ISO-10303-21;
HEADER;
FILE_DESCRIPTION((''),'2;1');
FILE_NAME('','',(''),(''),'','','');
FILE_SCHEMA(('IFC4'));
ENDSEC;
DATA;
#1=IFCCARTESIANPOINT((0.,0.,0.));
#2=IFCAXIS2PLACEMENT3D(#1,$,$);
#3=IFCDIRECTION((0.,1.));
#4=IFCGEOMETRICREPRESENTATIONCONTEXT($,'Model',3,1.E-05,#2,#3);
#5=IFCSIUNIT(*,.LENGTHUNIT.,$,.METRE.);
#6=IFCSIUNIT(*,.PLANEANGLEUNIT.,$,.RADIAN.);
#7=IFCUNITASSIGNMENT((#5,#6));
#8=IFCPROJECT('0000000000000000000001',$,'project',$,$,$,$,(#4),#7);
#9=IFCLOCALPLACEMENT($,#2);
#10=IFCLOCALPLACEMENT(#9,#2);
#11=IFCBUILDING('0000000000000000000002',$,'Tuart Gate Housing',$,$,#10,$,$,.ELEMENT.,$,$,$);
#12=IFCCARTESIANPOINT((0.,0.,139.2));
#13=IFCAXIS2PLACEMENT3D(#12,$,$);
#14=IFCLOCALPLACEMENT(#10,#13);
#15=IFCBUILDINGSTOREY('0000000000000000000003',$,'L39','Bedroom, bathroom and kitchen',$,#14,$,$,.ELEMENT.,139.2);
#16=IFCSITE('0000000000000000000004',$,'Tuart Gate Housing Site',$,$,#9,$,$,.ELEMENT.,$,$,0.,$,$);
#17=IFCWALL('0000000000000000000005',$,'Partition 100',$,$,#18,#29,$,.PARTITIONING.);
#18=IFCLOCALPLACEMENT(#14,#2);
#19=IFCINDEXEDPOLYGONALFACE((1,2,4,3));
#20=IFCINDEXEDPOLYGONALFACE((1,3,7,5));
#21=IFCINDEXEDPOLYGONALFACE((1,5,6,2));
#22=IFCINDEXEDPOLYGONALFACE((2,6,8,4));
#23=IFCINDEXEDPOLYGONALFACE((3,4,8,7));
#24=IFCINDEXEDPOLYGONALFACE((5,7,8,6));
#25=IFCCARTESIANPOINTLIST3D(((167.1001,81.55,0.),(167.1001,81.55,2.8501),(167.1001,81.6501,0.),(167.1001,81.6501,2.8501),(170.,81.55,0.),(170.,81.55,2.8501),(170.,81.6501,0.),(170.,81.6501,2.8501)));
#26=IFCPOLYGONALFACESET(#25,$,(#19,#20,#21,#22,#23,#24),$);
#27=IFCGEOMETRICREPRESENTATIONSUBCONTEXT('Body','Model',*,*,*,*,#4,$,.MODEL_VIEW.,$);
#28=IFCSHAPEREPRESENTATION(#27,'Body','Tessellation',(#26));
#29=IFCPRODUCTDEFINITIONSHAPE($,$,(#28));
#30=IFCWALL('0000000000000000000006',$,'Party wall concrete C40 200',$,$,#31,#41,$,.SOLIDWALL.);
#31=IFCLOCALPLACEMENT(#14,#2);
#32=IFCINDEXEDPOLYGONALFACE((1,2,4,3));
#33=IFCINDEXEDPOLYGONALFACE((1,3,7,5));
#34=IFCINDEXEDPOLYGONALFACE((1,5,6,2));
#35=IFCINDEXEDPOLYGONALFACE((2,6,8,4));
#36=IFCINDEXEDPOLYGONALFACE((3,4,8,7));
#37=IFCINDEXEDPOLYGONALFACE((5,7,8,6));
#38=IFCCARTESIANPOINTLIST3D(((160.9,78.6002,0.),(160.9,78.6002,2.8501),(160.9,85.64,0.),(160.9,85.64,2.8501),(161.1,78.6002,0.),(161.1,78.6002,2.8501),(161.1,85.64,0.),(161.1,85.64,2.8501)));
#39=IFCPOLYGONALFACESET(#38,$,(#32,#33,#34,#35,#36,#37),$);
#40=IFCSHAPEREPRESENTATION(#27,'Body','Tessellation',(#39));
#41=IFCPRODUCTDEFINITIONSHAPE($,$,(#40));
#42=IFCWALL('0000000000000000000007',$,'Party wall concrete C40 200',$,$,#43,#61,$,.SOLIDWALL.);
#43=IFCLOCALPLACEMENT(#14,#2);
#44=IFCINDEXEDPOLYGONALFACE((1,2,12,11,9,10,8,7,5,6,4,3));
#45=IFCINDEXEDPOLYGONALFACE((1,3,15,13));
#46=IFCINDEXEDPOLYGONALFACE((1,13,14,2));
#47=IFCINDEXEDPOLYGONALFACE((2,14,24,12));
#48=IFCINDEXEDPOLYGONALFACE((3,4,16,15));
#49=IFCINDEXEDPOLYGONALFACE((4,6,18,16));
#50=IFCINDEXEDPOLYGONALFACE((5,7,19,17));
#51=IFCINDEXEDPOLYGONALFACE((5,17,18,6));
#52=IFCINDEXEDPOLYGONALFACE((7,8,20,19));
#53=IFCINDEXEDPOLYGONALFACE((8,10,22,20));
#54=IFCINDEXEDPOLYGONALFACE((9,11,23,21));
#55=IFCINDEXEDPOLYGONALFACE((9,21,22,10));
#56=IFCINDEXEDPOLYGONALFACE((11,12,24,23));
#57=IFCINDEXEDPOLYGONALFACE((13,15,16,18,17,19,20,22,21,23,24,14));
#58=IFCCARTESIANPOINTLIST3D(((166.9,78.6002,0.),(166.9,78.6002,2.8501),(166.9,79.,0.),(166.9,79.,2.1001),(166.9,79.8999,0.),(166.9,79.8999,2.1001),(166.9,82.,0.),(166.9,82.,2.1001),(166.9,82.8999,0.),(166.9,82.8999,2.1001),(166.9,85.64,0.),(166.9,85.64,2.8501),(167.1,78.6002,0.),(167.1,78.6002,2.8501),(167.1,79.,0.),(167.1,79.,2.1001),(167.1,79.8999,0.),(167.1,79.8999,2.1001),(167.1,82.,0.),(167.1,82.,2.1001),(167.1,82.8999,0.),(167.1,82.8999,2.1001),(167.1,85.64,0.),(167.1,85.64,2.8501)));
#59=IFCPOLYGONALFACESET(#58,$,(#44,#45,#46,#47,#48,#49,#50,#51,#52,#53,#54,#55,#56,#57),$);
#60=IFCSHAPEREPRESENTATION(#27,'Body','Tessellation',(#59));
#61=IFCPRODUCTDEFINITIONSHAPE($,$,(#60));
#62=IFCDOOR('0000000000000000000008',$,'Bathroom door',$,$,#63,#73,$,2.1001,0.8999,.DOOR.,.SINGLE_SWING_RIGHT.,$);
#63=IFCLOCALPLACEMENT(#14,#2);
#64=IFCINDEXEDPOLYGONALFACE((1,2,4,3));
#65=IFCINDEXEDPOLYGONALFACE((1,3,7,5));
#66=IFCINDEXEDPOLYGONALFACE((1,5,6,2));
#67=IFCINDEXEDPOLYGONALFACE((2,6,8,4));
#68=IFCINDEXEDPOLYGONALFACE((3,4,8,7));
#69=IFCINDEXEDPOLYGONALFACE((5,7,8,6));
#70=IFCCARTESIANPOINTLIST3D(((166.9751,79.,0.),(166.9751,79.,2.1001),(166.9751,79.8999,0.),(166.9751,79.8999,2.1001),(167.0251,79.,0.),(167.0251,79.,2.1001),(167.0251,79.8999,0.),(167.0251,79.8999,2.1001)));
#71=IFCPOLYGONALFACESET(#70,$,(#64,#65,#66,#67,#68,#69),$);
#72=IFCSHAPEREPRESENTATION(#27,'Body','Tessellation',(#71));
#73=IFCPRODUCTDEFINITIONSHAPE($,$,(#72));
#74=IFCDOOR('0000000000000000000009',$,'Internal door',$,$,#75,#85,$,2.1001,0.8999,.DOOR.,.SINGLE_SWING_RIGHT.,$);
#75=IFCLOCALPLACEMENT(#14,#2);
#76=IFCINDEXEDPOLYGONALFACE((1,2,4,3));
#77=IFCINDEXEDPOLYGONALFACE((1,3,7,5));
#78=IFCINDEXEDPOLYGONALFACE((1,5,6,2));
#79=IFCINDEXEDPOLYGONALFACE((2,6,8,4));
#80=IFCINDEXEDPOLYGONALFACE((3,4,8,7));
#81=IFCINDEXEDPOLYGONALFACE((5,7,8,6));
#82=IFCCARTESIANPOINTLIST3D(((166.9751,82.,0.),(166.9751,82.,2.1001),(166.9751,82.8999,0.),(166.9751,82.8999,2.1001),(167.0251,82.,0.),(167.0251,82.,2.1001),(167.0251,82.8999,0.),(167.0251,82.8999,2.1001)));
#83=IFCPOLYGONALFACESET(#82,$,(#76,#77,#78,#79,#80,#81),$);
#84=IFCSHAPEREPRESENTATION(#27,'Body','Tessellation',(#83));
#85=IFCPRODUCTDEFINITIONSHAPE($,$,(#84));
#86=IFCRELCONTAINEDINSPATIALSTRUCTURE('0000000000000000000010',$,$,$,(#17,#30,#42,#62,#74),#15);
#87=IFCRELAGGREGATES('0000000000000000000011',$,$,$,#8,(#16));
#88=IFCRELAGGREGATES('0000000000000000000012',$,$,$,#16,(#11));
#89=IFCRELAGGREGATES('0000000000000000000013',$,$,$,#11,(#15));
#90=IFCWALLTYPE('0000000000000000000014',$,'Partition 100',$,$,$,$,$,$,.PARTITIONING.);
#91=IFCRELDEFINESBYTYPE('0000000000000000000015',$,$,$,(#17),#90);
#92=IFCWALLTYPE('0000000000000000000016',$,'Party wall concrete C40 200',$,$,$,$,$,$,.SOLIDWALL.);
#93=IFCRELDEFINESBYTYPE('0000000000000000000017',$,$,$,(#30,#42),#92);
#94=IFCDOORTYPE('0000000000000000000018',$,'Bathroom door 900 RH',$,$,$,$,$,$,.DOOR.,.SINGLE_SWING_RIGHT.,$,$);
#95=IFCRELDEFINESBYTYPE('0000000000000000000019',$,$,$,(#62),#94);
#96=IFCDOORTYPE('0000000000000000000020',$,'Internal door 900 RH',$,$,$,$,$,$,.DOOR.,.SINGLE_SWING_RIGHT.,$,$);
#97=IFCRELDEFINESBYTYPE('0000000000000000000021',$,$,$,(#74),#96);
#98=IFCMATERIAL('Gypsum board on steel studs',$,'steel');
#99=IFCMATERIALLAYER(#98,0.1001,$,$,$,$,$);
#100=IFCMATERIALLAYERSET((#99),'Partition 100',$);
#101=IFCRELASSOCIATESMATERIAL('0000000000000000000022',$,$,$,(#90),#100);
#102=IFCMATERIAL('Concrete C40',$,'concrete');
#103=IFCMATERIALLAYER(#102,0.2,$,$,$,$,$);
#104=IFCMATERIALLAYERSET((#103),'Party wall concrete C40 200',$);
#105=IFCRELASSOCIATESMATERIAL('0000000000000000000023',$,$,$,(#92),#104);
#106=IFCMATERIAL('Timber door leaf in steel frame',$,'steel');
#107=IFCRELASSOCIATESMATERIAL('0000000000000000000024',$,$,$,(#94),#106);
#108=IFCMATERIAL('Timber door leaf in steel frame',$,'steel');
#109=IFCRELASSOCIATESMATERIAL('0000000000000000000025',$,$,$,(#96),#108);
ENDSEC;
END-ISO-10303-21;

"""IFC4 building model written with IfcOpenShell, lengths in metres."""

from ifc_helpers import new_model, si_unit, direction, frame, frame_2d, origin, place, context, subcontext, project, spatial, rectangle, extrude, material, layer, layer_set, type_object, element, fill, save


model = new_model("IFC4")

# Units and contexts
model_context = context("Model", 3, precision=1e-05, world=origin(), true_north=direction((0.0, 1.0)))
body_context = subcontext(model_context, "Body", "Model", "MODEL_VIEW")
ifc_project = project(units=[si_unit("LENGTHUNIT", "METRE"), si_unit("PLANEANGLEUNIT", "RADIAN")], contexts=[model_context])

# Site, building, storey
site_placement = place(None, origin())
site = spatial("IfcSite", under=ifc_project, at=site_placement, Name="Tuart Gate Housing Site", CompositionType="ELEMENT", RefElevation=0.0)
building_placement = place(site_placement, origin())
building = spatial("IfcBuilding", under=site, at=building_placement, Name="Tuart Gate Housing", CompositionType="ELEMENT")
storey_placement = place(building_placement, frame((0.0, 0.0, 139.2)))
storey = spatial("IfcBuildingStorey", under=building, at=storey_placement, Name="L39", Description="Bedroom, bathroom and kitchen", CompositionType="ELEMENT", Elevation=139.2)

# Walls
ifc_material_1 = material(Name="Gypsum board on steel studs", Category="steel")
ifc_layer_1 = layer(ifc_material_1, 0.1001)
ifc_layer_set_1 = layer_set([ifc_layer_1], Name="Partition 100")
wall_type_1 = type_object("IfcWallType", Name="Partition 100", PredefinedType="PARTITIONING", material=ifc_layer_set_1)
wall_1_placement = place(storey_placement, frame((167.1001, 81.6001, 0.0), z_axis=(0.0, 0.0, 1.0), x_axis=(1.0, 0.0, 0.0)))
element("IfcWall", 1, at=wall_1_placement, inside=storey, type_object=wall_type_1, Name="Partition 100", PredefinedType="PARTITIONING", context=body_context, shape_type="SweptSolid", body=[
    extrude(rectangle(XDim=2.8999, YDim=0.1001, at=frame_2d((1.45, 0.0))), origin(), (0.0, 0.0, 1.0), 2.8501),
])
ifc_material_2 = material(Name="Concrete C40", Category="concrete")
ifc_layer_2 = layer(ifc_material_2, 0.2)
ifc_layer_set_2 = layer_set([ifc_layer_2], Name="Party wall concrete C40 200")
wall_type_2 = type_object("IfcWallType", Name="Party wall concrete C40 200", PredefinedType="SOLIDWALL", material=ifc_layer_set_2)
wall_2_placement = place(storey_placement, frame((161.0, 78.6001, 0.0), z_axis=(0.0, 0.0, 1.0), x_axis=(0.0, 1.0, 0.0)))
element("IfcWall", 2, at=wall_2_placement, inside=storey, type_object=wall_type_2, Name="Party wall concrete C40 200", PredefinedType="SOLIDWALL", context=body_context, shape_type="SweptSolid", body=[
    extrude(rectangle(XDim=7.0398, YDim=0.2, at=frame_2d((3.52, 0.0))), origin(), (0.0, 0.0, 1.0), 2.8501),
])

# Wall, openings, doors
wall_3_placement = place(storey_placement, frame((167.0, 78.6001, 0.0), z_axis=(0.0, 0.0, 1.0), x_axis=(0.0, 1.0, 0.0)))
wall_3 = element("IfcWall", 3, at=wall_3_placement, inside=storey, type_object=wall_type_2, Name="Party wall concrete C40 200", PredefinedType="SOLIDWALL", context=body_context, shape_type="SweptSolid", body=[
    extrude(rectangle(XDim=7.0398, YDim=0.2, at=frame_2d((3.52, 0.0))), origin(), (0.0, 0.0, 1.0), 2.8501),
])
opening_1_placement = place(wall_3_placement, frame((3.3999, 0.0, 0.0)))
opening_1 = element("IfcOpeningElement", 4, at=opening_1_placement, cuts=wall_3, PredefinedType="OPENING", context=body_context, shape_type="SweptSolid", body=[
    extrude(rectangle(XDim=0.8999, YDim=2.1001, at=frame_2d((0.45, 1.05))), frame((0.0, 0.1099, 0.0), z_axis=(0.0, -1.0, 0.0), x_axis=(1.0, 0.0, 0.0)), (0.0, 0.0, 1.0), 0.22),
])
opening_2_placement = place(wall_3_placement, frame((0.3999, 0.0, 0.0)))
opening_2 = element("IfcOpeningElement", 5, at=opening_2_placement, cuts=wall_3, PredefinedType="OPENING", context=body_context, shape_type="SweptSolid", body=[
    extrude(rectangle(XDim=0.8999, YDim=2.1001, at=frame_2d((0.45, 1.05))), frame((0.0, 0.1099, 0.0), z_axis=(0.0, -1.0, 0.0), x_axis=(1.0, 0.0, 0.0)), (0.0, 0.0, 1.0), 0.22),
])
ifc_material_3 = material(Name="Timber door leaf in steel frame", Category="steel")
door_type_1 = type_object("IfcDoorType", Name="Bathroom door 900 RH", OperationType="SINGLE_SWING_RIGHT", PredefinedType="DOOR", material=ifc_material_3)
door_1_placement = place(opening_2_placement, frame((0.8999, 0.0, 0.0), z_axis=(0.0, 0.0, 1.0), x_axis=(-1.0, 0.0, 0.0)))
door_1 = element("IfcDoor", 6, at=door_1_placement, inside=storey, type_object=door_type_1, Name="Bathroom door", OperationType="SINGLE_SWING_RIGHT", OverallHeight=2.1001, OverallWidth=0.8999, PredefinedType="DOOR", context=body_context, shape_type="SweptSolid", body=[
    extrude(rectangle(XDim=0.8999, YDim=2.1001, at=frame_2d((0.45, 1.05))), frame((0.0, 0.0251, 0.0), z_axis=(0.0, -1.0, 0.0), x_axis=(1.0, 0.0, 0.0)), (0.0, 0.0, 1.0), 0.05),
])
fill(opening_2, door_1)
ifc_material_4 = material(Name="Timber door leaf in steel frame", Category="steel")
door_type_2 = type_object("IfcDoorType", Name="Internal door 900 RH", OperationType="SINGLE_SWING_RIGHT", PredefinedType="DOOR", material=ifc_material_4)
door_2_placement = place(opening_1_placement, frame((0.8999, 0.0, 0.0), z_axis=(0.0, 0.0, 1.0), x_axis=(-1.0, 0.0, 0.0)))
door_2 = element("IfcDoor", 7, at=door_2_placement, inside=storey, type_object=door_type_2, Name="Internal door", OperationType="SINGLE_SWING_RIGHT", OverallHeight=2.1001, OverallWidth=0.8999, PredefinedType="DOOR", context=body_context, shape_type="SweptSolid", body=[
    extrude(rectangle(XDim=0.8999, YDim=2.1001, at=frame_2d((0.45, 1.05))), frame((0.0, 0.0251, 0.0), z_axis=(0.0, -1.0, 0.0), x_axis=(1.0, 0.0, 0.0)), (0.0, 0.0, 1.0), 0.05),
])
fill(opening_1, door_2)

save(model, "model.ifc")
